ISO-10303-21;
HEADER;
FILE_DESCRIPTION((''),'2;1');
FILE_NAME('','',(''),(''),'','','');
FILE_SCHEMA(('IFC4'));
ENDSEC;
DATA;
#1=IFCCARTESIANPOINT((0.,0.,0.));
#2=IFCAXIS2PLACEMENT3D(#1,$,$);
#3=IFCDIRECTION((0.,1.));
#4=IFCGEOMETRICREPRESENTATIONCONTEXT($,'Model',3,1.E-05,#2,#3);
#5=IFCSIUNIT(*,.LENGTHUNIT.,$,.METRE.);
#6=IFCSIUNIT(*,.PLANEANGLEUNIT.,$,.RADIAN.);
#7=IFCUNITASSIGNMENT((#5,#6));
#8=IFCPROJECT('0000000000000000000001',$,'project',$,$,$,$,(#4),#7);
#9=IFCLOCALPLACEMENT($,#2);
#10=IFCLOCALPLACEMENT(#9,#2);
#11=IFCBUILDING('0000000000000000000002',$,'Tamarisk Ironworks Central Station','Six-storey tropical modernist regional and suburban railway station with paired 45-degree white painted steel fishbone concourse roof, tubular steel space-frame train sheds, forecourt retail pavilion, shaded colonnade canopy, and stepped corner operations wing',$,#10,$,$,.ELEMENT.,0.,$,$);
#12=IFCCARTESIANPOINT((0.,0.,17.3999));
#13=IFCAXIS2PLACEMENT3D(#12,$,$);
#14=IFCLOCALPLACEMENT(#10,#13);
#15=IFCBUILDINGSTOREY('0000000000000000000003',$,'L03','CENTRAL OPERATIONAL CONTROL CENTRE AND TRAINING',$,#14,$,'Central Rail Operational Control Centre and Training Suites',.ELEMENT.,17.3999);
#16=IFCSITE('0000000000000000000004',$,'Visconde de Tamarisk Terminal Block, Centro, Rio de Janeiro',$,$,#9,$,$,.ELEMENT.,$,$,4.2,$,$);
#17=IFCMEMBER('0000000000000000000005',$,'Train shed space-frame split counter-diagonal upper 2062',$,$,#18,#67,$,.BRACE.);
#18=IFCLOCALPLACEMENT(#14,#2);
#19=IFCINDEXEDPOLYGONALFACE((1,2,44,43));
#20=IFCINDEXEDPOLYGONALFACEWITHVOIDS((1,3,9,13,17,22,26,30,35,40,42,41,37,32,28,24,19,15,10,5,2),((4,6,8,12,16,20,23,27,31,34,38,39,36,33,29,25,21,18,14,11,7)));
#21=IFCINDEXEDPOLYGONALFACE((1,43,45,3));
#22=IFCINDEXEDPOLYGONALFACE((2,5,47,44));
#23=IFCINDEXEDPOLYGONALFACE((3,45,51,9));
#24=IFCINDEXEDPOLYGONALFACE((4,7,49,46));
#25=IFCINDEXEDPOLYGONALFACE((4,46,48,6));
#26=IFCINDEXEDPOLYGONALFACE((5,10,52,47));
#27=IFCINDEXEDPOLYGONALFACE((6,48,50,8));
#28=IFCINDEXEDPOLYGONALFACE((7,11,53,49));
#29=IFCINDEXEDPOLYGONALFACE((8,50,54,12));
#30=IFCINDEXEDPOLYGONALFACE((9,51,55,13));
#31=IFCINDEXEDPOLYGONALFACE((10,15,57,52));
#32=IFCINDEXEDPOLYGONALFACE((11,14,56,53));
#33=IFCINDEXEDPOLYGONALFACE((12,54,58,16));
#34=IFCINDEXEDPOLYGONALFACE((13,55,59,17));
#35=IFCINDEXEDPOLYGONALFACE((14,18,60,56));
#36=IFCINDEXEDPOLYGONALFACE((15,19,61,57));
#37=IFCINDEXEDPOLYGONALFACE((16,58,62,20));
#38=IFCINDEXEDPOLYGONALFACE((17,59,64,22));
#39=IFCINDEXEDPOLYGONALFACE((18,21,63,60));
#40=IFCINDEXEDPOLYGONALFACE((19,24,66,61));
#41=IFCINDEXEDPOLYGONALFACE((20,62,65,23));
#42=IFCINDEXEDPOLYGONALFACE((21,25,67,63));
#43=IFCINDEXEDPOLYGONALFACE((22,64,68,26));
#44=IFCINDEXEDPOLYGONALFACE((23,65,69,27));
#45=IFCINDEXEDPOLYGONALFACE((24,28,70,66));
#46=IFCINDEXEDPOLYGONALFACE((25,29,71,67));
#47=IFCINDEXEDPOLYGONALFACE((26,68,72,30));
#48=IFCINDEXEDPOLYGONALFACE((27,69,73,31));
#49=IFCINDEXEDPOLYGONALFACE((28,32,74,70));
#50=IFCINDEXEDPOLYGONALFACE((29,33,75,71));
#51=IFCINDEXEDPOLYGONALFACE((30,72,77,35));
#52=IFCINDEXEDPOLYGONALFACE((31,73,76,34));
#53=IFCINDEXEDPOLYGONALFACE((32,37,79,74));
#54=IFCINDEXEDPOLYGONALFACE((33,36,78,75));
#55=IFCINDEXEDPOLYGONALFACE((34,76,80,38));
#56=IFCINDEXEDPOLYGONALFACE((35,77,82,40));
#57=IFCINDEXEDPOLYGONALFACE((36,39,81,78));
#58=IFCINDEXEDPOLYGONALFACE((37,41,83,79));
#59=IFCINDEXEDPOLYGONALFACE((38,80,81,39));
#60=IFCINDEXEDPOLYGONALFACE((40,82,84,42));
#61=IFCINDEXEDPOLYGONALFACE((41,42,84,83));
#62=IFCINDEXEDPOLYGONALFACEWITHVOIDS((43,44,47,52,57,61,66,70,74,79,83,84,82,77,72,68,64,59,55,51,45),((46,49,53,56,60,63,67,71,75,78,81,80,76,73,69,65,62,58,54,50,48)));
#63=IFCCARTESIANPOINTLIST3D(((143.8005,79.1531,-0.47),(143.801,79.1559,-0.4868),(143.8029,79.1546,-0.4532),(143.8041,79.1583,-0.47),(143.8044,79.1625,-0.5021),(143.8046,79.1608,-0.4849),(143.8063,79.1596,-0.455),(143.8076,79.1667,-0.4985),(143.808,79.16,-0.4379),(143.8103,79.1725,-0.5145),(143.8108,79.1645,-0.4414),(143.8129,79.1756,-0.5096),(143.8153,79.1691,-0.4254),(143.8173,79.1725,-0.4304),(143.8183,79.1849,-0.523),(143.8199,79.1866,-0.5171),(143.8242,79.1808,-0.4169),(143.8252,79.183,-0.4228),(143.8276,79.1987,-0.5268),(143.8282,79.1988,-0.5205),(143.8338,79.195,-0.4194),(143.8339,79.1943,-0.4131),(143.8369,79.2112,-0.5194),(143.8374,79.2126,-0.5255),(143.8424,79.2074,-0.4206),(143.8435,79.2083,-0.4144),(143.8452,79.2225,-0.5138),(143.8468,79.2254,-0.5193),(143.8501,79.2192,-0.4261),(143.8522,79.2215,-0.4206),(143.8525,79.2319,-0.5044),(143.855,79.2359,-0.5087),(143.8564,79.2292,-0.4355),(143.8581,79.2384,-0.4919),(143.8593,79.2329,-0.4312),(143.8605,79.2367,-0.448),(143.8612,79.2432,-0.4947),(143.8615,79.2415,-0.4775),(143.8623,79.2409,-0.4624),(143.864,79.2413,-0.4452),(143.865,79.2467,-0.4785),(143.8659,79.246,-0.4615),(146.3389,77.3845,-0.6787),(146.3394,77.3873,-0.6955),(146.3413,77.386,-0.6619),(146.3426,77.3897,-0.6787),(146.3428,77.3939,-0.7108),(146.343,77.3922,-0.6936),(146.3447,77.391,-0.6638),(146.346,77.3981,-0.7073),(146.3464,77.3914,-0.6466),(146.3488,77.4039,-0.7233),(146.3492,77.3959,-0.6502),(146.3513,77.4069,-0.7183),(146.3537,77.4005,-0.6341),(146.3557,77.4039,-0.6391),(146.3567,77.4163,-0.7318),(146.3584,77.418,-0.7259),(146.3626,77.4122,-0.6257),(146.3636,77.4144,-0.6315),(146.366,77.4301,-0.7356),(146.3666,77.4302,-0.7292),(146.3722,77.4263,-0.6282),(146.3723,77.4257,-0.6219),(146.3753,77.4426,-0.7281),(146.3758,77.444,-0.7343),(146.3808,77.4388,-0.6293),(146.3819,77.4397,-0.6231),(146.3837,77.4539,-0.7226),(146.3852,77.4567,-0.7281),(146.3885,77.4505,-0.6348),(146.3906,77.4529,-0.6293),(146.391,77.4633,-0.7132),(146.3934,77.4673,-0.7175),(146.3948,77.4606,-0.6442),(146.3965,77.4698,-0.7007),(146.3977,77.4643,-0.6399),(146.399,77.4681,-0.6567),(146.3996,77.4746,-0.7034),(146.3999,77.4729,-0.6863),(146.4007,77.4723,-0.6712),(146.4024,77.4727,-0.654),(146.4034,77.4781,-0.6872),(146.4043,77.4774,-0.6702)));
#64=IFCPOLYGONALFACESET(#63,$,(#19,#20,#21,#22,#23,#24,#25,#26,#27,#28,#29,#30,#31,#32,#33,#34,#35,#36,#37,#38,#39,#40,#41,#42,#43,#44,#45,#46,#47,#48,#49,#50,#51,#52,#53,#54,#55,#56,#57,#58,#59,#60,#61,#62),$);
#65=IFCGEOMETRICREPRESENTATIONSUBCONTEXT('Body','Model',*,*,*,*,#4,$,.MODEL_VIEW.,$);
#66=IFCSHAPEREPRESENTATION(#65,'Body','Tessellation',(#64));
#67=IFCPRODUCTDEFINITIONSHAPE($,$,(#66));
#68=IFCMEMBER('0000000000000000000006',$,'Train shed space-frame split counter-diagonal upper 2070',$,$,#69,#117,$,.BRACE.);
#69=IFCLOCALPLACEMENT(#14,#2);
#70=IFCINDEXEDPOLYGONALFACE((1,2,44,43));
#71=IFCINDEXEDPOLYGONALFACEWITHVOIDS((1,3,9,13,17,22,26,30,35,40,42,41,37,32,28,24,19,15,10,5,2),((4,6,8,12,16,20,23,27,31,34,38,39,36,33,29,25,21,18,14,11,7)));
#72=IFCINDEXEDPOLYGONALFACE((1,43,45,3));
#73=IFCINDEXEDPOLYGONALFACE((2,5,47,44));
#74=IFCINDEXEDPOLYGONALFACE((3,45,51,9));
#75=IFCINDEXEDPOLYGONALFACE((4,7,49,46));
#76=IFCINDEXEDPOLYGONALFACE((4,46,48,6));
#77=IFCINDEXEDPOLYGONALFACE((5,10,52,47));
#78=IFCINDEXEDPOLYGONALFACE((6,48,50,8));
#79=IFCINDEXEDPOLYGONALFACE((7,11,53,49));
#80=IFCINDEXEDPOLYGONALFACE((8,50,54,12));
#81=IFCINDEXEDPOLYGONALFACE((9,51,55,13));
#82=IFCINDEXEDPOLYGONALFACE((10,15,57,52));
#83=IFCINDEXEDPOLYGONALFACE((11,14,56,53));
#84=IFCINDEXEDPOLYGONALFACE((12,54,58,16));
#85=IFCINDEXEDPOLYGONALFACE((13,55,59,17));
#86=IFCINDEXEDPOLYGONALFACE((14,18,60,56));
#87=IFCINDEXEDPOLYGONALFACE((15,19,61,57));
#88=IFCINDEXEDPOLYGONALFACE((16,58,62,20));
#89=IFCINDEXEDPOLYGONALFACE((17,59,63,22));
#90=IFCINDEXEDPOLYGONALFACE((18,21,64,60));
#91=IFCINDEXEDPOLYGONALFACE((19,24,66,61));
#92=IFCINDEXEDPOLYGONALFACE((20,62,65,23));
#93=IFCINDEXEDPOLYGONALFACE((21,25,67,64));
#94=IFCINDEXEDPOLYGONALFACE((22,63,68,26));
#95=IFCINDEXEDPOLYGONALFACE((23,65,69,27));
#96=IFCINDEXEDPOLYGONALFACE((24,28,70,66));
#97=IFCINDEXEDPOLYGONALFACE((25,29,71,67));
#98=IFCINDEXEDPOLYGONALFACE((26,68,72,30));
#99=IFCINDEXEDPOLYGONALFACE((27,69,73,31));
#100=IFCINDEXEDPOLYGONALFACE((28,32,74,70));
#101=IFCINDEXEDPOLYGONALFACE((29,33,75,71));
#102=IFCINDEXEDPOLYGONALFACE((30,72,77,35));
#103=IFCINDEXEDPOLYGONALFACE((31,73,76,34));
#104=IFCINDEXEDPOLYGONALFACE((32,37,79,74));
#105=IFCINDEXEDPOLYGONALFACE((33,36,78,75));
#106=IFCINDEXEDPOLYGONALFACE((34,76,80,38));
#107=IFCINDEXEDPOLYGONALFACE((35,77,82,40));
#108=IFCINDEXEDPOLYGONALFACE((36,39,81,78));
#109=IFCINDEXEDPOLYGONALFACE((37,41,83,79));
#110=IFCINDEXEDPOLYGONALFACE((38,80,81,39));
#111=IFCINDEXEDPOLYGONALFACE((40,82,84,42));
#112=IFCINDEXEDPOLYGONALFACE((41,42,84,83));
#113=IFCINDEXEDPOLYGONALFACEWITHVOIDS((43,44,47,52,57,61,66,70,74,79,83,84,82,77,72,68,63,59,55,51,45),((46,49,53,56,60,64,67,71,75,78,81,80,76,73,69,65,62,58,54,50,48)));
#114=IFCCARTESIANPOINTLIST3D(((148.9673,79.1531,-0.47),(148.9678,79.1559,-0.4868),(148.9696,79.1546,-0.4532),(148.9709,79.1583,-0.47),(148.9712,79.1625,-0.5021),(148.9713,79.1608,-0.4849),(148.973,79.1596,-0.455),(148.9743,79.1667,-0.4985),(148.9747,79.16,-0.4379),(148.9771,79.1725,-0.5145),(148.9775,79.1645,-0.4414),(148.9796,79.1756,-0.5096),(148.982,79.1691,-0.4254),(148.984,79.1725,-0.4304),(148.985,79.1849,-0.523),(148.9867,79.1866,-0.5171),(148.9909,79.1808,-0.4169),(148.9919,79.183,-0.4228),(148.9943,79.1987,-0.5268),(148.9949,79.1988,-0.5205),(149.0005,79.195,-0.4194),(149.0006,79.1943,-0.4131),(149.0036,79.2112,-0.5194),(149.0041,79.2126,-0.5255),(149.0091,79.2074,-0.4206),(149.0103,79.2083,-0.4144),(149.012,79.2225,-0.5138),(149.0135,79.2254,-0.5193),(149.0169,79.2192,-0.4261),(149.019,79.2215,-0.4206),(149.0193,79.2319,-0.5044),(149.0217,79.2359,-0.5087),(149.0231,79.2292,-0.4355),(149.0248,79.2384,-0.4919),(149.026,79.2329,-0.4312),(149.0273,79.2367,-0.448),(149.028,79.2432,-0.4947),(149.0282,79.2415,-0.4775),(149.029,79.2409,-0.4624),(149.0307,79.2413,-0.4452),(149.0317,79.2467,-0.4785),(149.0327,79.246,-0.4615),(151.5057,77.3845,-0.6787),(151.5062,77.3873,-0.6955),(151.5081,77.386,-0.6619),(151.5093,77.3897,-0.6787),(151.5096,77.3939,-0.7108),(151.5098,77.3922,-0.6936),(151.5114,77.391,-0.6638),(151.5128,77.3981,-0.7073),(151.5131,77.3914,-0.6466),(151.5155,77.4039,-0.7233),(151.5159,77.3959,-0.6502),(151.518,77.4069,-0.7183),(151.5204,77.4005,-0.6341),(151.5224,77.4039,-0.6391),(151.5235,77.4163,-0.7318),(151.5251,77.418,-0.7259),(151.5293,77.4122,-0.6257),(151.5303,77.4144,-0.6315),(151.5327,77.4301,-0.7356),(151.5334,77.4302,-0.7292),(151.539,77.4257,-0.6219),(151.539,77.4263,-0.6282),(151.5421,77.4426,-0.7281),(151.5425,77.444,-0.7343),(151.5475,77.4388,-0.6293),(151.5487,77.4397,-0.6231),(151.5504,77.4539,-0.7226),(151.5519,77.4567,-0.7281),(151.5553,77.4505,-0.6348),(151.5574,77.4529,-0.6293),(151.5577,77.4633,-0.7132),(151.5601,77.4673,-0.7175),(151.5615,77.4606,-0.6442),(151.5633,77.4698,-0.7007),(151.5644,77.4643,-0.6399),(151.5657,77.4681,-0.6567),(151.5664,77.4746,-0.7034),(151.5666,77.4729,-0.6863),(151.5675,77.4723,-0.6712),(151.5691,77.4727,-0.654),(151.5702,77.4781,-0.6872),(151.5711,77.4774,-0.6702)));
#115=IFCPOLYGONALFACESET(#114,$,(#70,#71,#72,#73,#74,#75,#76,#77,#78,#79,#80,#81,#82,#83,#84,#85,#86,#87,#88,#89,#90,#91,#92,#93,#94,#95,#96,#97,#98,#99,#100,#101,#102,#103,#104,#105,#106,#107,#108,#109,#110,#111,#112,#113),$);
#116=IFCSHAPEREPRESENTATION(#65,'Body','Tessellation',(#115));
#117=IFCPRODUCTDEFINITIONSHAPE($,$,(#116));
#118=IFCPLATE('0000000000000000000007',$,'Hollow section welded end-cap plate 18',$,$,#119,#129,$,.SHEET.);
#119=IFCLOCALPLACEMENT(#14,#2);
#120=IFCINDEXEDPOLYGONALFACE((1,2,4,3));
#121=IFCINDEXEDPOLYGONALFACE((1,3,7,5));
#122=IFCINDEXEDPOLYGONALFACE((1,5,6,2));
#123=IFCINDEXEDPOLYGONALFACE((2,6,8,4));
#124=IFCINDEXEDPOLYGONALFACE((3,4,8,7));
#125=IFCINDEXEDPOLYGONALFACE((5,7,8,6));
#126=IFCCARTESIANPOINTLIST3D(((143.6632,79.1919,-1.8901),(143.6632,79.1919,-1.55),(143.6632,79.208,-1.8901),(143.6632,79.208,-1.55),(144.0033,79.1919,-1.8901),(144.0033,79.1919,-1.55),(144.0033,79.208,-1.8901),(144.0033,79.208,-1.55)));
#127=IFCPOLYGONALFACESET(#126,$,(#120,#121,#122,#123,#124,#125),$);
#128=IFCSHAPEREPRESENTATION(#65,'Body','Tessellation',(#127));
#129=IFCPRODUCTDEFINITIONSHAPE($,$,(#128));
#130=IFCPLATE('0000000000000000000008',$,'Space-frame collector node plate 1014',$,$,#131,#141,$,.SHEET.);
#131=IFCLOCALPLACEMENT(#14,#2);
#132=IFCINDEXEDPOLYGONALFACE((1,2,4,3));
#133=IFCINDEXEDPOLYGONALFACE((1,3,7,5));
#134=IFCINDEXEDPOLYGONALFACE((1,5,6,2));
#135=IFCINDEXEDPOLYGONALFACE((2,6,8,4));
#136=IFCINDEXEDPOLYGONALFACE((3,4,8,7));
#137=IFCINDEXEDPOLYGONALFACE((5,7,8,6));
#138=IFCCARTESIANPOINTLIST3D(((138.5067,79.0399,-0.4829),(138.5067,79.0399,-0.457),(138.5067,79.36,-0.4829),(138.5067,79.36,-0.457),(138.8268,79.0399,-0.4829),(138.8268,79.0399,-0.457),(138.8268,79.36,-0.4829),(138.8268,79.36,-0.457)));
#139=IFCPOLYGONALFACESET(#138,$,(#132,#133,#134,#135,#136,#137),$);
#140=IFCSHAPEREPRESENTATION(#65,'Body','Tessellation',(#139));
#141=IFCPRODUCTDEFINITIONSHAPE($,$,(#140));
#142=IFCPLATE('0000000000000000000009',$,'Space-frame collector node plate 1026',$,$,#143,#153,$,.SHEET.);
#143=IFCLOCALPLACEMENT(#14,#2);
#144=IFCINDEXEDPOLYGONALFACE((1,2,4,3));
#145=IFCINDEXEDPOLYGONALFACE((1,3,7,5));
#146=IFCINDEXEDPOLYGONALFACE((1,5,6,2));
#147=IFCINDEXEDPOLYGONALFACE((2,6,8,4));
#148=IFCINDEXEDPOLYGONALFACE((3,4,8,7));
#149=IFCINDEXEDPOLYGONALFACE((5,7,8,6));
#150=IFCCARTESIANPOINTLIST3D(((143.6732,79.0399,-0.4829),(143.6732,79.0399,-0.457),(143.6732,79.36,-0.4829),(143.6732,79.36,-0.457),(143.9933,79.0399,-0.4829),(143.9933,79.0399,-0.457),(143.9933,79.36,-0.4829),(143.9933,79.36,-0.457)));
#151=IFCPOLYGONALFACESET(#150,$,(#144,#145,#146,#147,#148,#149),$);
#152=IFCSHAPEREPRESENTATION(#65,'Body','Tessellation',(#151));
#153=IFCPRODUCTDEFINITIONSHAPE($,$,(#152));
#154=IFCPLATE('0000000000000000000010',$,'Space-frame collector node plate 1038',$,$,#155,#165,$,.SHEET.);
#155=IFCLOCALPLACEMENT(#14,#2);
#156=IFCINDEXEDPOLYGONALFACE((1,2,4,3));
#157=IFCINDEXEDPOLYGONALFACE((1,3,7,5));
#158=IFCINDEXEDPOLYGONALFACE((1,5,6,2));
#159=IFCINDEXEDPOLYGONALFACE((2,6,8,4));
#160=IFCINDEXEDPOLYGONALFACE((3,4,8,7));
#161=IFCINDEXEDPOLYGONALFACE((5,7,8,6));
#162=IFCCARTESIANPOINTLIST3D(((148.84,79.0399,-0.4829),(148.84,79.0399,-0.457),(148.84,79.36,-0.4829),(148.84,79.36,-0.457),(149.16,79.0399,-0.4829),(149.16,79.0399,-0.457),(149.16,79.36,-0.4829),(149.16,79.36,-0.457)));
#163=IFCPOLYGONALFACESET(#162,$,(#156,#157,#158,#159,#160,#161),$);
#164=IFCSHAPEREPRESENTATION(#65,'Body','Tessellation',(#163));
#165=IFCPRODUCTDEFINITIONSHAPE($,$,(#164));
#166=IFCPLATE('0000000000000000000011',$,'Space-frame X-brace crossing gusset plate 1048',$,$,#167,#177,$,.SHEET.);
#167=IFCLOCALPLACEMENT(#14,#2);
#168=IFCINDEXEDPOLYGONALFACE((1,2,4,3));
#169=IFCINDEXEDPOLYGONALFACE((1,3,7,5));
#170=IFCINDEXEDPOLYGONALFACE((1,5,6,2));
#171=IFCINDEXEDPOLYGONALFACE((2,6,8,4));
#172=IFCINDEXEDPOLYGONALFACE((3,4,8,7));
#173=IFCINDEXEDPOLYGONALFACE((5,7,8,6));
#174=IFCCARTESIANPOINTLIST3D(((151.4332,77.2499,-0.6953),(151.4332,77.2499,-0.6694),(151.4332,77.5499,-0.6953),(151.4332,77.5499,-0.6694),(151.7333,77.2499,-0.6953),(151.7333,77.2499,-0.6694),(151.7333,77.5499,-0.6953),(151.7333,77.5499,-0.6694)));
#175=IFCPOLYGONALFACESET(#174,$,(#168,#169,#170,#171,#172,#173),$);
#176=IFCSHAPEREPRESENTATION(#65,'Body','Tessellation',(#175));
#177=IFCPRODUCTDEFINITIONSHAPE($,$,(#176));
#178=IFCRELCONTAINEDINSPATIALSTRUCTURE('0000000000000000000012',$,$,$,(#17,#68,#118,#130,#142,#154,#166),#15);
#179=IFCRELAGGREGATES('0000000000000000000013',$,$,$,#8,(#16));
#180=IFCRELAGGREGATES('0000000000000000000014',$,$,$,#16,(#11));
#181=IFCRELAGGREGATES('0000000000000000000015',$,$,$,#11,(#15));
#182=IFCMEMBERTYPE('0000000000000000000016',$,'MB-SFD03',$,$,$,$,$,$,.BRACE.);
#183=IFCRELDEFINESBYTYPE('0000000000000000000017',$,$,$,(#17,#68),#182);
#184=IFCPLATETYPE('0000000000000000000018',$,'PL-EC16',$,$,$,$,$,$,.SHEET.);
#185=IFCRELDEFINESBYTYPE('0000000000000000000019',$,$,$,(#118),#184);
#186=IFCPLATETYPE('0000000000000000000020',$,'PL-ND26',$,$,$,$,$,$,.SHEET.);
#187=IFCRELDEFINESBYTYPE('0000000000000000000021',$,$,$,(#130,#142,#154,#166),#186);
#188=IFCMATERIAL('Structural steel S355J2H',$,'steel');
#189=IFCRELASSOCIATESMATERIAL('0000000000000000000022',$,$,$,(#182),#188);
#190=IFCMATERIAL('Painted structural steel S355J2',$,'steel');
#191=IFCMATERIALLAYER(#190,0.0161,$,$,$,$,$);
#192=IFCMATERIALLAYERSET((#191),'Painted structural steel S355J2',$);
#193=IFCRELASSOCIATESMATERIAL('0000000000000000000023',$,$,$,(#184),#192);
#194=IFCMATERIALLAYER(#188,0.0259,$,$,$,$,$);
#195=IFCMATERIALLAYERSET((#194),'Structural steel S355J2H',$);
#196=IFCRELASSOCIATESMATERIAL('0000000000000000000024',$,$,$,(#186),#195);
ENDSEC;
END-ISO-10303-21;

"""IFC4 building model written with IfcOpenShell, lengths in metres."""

from ifc_helpers import new_model, si_unit, direction, frame, origin, origin_2d, place, context, subcontext, project, spatial, rectangle, hollow_circle, extrude, material, layer, layer_set, material_profile, profile_set, type_object, element, save


model = new_model("IFC4")

# Units and contexts
model_context = context("Model", 3, precision=1e-05, world=origin(), true_north=direction((0.0, 1.0)))
body_context = subcontext(model_context, "Body", "Model", "MODEL_VIEW")
ifc_project = project(units=[si_unit("LENGTHUNIT", "METRE"), si_unit("PLANEANGLEUNIT", "RADIAN")], contexts=[model_context])

# Site, building, storey
site_placement = place(None, origin())
site = spatial("IfcSite", under=ifc_project, at=site_placement, Name="Visconde de Tamarisk Terminal Block, Centro, Rio de Janeiro", CompositionType="ELEMENT", RefElevation=4.2)
building_placement = place(site_placement, origin())
building = spatial("IfcBuilding", under=site, at=building_placement, Name="Tamarisk Ironworks Central Station", Description="Six-storey tropical modernist regional and suburban railway station with paired 45-degree white painted steel fishbone concourse roof, tubular steel space-frame train sheds, forecourt retail pavilion, shaded colonnade canopy, and stepped corner operations wing", CompositionType="ELEMENT", ElevationOfRefHeight=0.0)
storey_placement = place(building_placement, frame((0.0, 0.0, 17.3999)))
storey = spatial("IfcBuildingStorey", under=building, at=storey_placement, Name="L03", Description="CENTRAL OPERATIONAL CONTROL CENTRE AND TRAINING", LongName="Central Rail Operational Control Centre and Training Suites", CompositionType="ELEMENT", Elevation=17.3999)

# Members
ifc_material_1 = material(Name="Structural steel S355J2H", Category="steel")
ifc_material_profile_1 = material_profile(ifc_material_1, hollow_circle(Radius=0.0571, WallThickness=0.0063, at=origin_2d()), Name="CHS 114.3x6.3")
ifc_profile_set_1 = profile_set([ifc_material_profile_1], Name="Structural steel S355J2H")
member_type_1 = type_object("IfcMemberType", Name="MB-SFD03", PredefinedType="BRACE", material=ifc_profile_set_1)
for number, where, z_axis, x_axis, name in (
    (1, (146.3716, 77.4314, -0.6787), (-0.818625, 0.570369, 0.06732), (-0.571666, -0.820487, 0.0), "Train shed space-frame split counter-diagonal upper 2062"),
    (2, (151.5383, 77.4314, -0.6787), (-0.818625, 0.570369, 0.06732), (-0.571666, -0.820487, 0.0), "Train shed space-frame split counter-diagonal upper 2070"),
):
    element("IfcMember", number, at=place(storey_placement, frame(where, z_axis=z_axis, x_axis=x_axis)), inside=storey, type_object=member_type_1, Name=name, PredefinedType="BRACE", context=body_context, shape_type="SweptSolid", body=[
        extrude(hollow_circle(Radius=0.0571, WallThickness=0.0063, at=origin_2d()), origin(), (0.0, 0.0, 1.0), 3.1008),
    ])

# Plates
ifc_material_2 = material(Name="Painted structural steel S355J2", Category="steel")
ifc_layer_1 = layer(ifc_material_2, 0.0161)
ifc_layer_set_1 = layer_set([ifc_layer_1], Name="Painted structural steel S355J2")
plate_type_1 = type_object("IfcPlateType", Name="PL-EC16", PredefinedType="SHEET", material=ifc_layer_set_1)
plate_1_placement = place(storey_placement, frame((143.8333, 79.2, -1.8901), z_axis=(0.0, 0.0, 1.0), x_axis=(1.0, 0.0, 0.0)))
element("IfcPlate", 3, at=plate_1_placement, inside=storey, type_object=plate_type_1, Name="Hollow section welded end-cap plate 18", PredefinedType="SHEET", context=body_context, shape_type="SweptSolid", body=[
    extrude(rectangle(XDim=0.3401, YDim=0.0161, at=origin_2d()), origin(), (0.0, 0.0, 1.0), 0.3401),
])
ifc_layer_2 = layer(ifc_material_1, 0.0259)
ifc_layer_set_2 = layer_set([ifc_layer_2], Name="Structural steel S355J2H")
plate_type_2 = type_object("IfcPlateType", Name="PL-ND26", PredefinedType="SHEET", material=ifc_layer_set_2)
for number, where, z_axis, x_axis, name in (
    (4, (138.6667, 79.2, -0.4829), (0.0, 0.0, 1.0), (1.0, 0.0, 0.0), "Space-frame collector node plate 1014"),
    (5, (143.8333, 79.2, -0.4829), (0.0, 0.0, 1.0), (1.0, 0.0, 0.0), "Space-frame collector node plate 1026"),
    (6, (149.0, 79.2, -0.4829), (0.0, 0.0, 1.0), (1.0, 0.0, 0.0), "Space-frame collector node plate 1038"),
):
    element("IfcPlate", number, at=place(storey_placement, frame(where, z_axis=z_axis, x_axis=x_axis)), inside=storey, type_object=plate_type_2, Name=name, PredefinedType="SHEET", context=body_context, shape_type="SweptSolid", body=[
        extrude(rectangle(XDim=0.3201, YDim=0.3201, at=origin_2d()), origin(), (0.0, 0.0, 1.0), 0.0259),
    ])
plate_2_placement = place(storey_placement, frame((151.5833, 77.3999, -0.6953), z_axis=(0.0, 0.0, 1.0), x_axis=(1.0, 0.0, 0.0)))
element("IfcPlate", 7, at=plate_2_placement, inside=storey, type_object=plate_type_2, Name="Space-frame X-brace crossing gusset plate 1048", PredefinedType="SHEET", context=body_context, shape_type="SweptSolid", body=[
    extrude(rectangle(XDim=0.3, YDim=0.3, at=origin_2d()), origin(), (0.0, 0.0, 1.0), 0.0259),
])

save(model, "model.ifc")
